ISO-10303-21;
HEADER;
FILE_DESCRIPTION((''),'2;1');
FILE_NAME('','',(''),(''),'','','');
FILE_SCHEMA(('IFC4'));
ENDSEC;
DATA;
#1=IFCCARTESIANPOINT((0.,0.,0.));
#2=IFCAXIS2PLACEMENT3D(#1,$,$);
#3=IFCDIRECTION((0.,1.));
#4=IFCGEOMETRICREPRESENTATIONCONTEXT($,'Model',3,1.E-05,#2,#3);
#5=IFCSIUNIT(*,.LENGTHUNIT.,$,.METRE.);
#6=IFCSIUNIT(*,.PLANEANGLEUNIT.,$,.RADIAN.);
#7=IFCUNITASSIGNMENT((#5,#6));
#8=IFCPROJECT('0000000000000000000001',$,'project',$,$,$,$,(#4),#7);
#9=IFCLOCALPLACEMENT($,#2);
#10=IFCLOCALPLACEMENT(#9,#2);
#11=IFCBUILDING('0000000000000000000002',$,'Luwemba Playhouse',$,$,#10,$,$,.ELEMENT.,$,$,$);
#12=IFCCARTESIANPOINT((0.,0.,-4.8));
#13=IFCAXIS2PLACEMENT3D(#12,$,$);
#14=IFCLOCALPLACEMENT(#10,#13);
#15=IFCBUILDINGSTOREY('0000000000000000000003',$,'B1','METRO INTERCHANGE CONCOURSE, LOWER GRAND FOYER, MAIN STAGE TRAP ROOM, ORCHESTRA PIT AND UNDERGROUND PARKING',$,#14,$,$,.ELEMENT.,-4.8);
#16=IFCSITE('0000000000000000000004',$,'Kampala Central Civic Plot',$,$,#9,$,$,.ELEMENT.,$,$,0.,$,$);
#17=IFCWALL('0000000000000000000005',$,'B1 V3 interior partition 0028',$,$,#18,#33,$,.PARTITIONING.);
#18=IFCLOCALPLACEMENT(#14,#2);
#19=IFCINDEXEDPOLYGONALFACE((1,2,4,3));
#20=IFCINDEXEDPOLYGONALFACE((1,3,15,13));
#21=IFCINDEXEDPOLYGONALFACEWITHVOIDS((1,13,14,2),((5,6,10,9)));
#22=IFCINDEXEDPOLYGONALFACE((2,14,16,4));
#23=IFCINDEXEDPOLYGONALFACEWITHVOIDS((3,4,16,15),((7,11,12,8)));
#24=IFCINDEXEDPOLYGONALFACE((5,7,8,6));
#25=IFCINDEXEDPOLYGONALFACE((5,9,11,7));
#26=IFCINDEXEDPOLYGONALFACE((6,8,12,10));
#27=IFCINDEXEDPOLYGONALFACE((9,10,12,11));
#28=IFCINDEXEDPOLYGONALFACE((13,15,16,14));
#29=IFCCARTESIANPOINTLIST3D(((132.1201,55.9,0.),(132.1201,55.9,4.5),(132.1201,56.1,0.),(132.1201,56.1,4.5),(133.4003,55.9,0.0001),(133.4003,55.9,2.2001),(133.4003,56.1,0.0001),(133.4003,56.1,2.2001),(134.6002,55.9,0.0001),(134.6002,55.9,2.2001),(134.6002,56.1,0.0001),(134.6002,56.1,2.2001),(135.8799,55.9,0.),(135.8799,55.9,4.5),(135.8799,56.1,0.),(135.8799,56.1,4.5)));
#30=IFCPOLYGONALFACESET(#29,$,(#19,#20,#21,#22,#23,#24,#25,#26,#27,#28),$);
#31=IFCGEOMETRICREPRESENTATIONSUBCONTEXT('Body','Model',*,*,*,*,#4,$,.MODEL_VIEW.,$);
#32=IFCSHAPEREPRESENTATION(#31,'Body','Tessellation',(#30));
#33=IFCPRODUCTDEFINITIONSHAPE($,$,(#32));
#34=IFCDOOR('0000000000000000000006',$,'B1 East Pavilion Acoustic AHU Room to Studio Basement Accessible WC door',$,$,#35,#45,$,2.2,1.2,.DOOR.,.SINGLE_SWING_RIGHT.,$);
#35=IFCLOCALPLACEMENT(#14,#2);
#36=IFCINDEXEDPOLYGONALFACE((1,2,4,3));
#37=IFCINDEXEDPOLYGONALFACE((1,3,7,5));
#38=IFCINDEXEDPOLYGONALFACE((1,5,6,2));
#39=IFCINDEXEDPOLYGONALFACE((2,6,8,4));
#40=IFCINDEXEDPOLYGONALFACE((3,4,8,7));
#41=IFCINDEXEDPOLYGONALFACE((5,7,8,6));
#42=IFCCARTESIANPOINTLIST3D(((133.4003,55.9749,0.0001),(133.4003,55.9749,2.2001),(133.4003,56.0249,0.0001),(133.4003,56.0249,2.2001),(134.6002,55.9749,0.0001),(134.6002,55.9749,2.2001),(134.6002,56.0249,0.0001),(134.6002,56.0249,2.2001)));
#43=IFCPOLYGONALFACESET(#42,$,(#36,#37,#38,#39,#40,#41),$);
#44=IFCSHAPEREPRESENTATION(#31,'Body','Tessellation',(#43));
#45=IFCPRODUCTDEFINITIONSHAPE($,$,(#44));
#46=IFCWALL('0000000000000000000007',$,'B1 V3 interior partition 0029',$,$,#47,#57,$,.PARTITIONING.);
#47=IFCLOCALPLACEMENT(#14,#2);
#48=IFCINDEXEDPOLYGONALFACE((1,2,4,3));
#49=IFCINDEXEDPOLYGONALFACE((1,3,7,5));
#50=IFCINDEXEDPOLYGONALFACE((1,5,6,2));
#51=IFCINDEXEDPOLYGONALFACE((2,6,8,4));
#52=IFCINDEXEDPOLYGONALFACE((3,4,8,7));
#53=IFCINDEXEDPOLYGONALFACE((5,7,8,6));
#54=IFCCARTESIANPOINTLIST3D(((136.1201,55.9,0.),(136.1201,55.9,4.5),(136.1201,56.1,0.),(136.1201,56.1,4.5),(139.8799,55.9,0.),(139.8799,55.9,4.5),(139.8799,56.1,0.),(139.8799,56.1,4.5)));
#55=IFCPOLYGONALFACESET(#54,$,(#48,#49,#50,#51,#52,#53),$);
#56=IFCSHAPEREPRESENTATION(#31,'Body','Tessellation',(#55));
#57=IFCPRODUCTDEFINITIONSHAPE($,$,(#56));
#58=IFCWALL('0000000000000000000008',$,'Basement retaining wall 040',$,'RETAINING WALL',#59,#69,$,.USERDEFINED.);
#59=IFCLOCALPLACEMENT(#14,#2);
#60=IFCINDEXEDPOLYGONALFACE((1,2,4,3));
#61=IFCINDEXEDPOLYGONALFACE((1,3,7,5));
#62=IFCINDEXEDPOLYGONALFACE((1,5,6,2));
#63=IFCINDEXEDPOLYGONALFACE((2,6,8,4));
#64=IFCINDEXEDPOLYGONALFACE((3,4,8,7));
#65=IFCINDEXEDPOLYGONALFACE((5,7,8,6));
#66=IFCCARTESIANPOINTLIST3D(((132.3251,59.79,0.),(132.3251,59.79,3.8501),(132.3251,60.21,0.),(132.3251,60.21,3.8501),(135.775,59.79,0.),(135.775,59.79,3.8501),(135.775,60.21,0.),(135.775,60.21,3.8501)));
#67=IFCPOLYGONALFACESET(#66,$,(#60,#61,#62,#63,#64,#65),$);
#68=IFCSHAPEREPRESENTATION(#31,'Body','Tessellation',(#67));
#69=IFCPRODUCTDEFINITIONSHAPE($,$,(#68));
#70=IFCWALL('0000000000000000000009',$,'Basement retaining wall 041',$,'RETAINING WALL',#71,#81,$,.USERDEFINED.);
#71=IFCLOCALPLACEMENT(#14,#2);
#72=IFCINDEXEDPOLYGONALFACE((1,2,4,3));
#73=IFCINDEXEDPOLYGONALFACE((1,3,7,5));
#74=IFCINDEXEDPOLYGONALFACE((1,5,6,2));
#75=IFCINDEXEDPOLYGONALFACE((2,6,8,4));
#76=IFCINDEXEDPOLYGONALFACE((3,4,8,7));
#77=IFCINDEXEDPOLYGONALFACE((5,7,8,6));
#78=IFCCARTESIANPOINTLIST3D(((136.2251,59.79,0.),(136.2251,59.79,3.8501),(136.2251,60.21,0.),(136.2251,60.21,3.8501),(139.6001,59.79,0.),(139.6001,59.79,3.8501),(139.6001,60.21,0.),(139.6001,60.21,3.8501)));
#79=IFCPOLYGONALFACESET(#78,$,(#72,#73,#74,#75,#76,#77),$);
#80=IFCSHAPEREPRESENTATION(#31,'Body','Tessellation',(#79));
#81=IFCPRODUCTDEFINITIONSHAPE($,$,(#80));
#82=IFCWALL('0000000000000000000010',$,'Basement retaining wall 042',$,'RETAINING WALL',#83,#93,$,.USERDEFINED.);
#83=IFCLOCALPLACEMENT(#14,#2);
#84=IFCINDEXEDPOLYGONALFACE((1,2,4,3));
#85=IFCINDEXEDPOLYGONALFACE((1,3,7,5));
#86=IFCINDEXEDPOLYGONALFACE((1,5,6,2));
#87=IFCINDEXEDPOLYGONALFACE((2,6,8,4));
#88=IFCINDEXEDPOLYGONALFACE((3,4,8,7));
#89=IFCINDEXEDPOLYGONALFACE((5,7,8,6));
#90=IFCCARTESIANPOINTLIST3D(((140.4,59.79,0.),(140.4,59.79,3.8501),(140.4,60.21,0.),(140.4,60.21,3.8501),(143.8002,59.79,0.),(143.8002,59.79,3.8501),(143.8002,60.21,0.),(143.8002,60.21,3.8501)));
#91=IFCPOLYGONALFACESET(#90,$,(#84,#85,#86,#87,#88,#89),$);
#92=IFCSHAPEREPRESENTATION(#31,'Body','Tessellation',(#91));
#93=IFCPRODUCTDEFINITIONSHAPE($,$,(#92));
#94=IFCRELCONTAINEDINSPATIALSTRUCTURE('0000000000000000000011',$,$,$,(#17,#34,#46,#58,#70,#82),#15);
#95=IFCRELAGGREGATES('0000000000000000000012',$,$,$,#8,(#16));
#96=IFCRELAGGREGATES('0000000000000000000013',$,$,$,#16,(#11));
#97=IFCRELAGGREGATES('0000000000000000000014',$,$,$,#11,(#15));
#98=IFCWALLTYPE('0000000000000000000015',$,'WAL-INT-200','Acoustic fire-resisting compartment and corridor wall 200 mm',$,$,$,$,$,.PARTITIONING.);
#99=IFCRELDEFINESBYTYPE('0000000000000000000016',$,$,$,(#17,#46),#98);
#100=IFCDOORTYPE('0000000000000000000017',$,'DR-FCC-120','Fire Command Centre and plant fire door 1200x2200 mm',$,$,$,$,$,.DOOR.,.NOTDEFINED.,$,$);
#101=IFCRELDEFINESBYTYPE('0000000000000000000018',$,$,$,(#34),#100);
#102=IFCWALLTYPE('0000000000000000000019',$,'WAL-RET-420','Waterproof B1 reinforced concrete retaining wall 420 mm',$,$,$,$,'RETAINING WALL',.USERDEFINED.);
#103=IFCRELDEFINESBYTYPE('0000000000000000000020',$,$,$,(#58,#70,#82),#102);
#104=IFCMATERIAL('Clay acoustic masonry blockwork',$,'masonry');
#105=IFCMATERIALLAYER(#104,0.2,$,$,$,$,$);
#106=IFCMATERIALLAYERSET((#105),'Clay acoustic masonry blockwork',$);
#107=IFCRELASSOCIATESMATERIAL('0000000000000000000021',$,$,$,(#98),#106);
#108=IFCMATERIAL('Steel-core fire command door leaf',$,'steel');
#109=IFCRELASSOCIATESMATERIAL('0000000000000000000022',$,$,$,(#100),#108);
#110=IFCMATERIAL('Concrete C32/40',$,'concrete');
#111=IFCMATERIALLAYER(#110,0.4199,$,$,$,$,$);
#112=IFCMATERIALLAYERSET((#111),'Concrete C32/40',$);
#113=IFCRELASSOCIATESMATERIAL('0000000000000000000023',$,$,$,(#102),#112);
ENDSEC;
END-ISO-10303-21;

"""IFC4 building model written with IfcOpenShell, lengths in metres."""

from ifc_helpers import new_model, si_unit, direction, frame, frame_2d, origin, place, context, subcontext, project, spatial, rectangle, extrude, material, layer, layer_set, type_object, element, fill, save


model = new_model("IFC4")

# Units and contexts
model_context = context("Model", 3, precision=1e-05, world=origin(), true_north=direction((0.0, 1.0)))
body_context = subcontext(model_context, "Body", "Model", "MODEL_VIEW")
ifc_project = project(units=[si_unit("LENGTHUNIT", "METRE"), si_unit("PLANEANGLEUNIT", "RADIAN")], contexts=[model_context])

# Site, building, storey
site_placement = place(None, origin())
site = spatial("IfcSite", under=ifc_project, at=site_placement, Name="Kampala Central Civic Plot", CompositionType="ELEMENT", RefElevation=0.0)
building_placement = place(site_placement, origin())
building = spatial("IfcBuilding", under=site, at=building_placement, Name="Luwemba Playhouse", CompositionType="ELEMENT")
storey_placement = place(building_placement, frame((0.0, 0.0, -4.8)))
storey = spatial("IfcBuildingStorey", under=building, at=storey_placement, Name="B1", Description="METRO INTERCHANGE CONCOURSE, LOWER GRAND FOYER, MAIN STAGE TRAP ROOM, ORCHESTRA PIT AND UNDERGROUND PARKING", CompositionType="ELEMENT", Elevation=-4.8)

# Shared definitions
ifc_material_1 = material(Name="Concrete C32/40", Category="concrete")

# Wall, opening, door
ifc_material_2 = material(Name="Clay acoustic masonry blockwork", Category="masonry")
ifc_layer_1 = layer(ifc_material_2, 0.2)
ifc_layer_set_1 = layer_set([ifc_layer_1], Name="Clay acoustic masonry blockwork")
wall_type_1 = type_object("IfcWallType", Name="WAL-INT-200", Description="Acoustic fire-resisting compartment and corridor wall 200 mm", PredefinedType="PARTITIONING", material=ifc_layer_set_1)
wall_1_placement = place(storey_placement, frame((132.1201, 56.0, 0.0), z_axis=(0.0, 0.0, 1.0), x_axis=(1.0, 0.0, 0.0)))
wall_1 = element("IfcWall", 1, at=wall_1_placement, inside=storey, type_object=wall_type_1, Name="B1 V3 interior partition 0028", PredefinedType="PARTITIONING", context=body_context, shape_type="SweptSolid", body=[
    extrude(rectangle(XDim=3.7598, YDim=0.2, at=frame_2d((1.8799, 0.0))), origin(), (0.0, 0.0, 1.0), 4.5),
])
opening_1_placement = place(wall_1_placement, frame((1.28, 0.0, 0.0)))
opening_1 = element("IfcOpeningElement", 2, at=opening_1_placement, cuts=wall_1, PredefinedType="OPENING", context=body_context, shape_type="SweptSolid", body=[
    extrude(rectangle(XDim=1.2, YDim=2.2, at=frame_2d((0.6001, 1.1001))), frame((0.0, 0.1099, 0.0), z_axis=(0.0, -1.0, 0.0), x_axis=(1.0, 0.0, 0.0)), (0.0, 0.0, 1.0), 0.22),
])
ifc_material_3 = material(Name="Steel-core fire command door leaf", Category="steel")
door_type_1 = type_object("IfcDoorType", Name="DR-FCC-120", Description="Fire Command Centre and plant fire door 1200x2200 mm", OperationType="NOTDEFINED", PredefinedType="DOOR", material=ifc_material_3)
door_1_placement = place(opening_1_placement, origin())
door_1 = element("IfcDoor", 3, at=door_1_placement, inside=storey, type_object=door_type_1, Name="B1 East Pavilion Acoustic AHU Room to Studio Basement Accessible WC door", OperationType="SINGLE_SWING_RIGHT", OverallHeight=2.2, OverallWidth=1.2, PredefinedType="DOOR", context=body_context, shape_type="SweptSolid", body=[
    extrude(rectangle(XDim=1.2, YDim=2.2, at=frame_2d((0.6001, 1.1001))), frame((0.0, 0.0249, 0.0), z_axis=(0.0, -1.0, 0.0), x_axis=(1.0, 0.0, 0.0)), (0.0, 0.0, 1.0), 0.05),
])
fill(opening_1, door_1)

# Walls
wall_2_placement = place(storey_placement, frame((136.1201, 56.0, 0.0), z_axis=(0.0, 0.0, 1.0), x_axis=(1.0, 0.0, 0.0)))
element("IfcWall", 4, at=wall_2_placement, inside=storey, type_object=wall_type_1, Name="B1 V3 interior partition 0029", PredefinedType="PARTITIONING", context=body_context, shape_type="SweptSolid", body=[
    extrude(rectangle(XDim=3.7598, YDim=0.2, at=frame_2d((1.8799, 0.0))), origin(), (0.0, 0.0, 1.0), 4.5),
])
ifc_layer_2 = layer(ifc_material_1, 0.4199)
ifc_layer_set_2 = layer_set([ifc_layer_2], Name="Concrete C32/40")
wall_type_2 = type_object("IfcWallType", Name="WAL-RET-420", Description="Waterproof B1 reinforced concrete retaining wall 420 mm", ElementType="RETAINING WALL", PredefinedType="USERDEFINED", material=ifc_layer_set_2)
wall_3_placement = place(storey_placement, frame((132.325, 60.0, 0.0), z_axis=(0.0, 0.0, 1.0), x_axis=(1.0, 0.0, 0.0)))
element("IfcWall", 5, at=wall_3_placement, inside=storey, type_object=wall_type_2, Name="Basement retaining wall 040", ObjectType="RETAINING WALL", PredefinedType="USERDEFINED", context=body_context, shape_type="SweptSolid", body=[
    extrude(rectangle(XDim=3.45, YDim=0.4199, at=frame_2d((1.7251, 0.0))), origin(), (0.0, 0.0, 1.0), 3.8501),
])
wall_4_placement = place(storey_placement, frame((136.2251, 60.0, 0.0), z_axis=(0.0, 0.0, 1.0), x_axis=(1.0, 0.0, 0.0)))
element("IfcWall", 6, at=wall_4_placement, inside=storey, type_object=wall_type_2, Name="Basement retaining wall 041", ObjectType="RETAINING WALL", PredefinedType="USERDEFINED", context=body_context, shape_type="SweptSolid", body=[
    extrude(rectangle(XDim=3.375, YDim=0.4199, at=frame_2d((1.6875, 0.0))), origin(), (0.0, 0.0, 1.0), 3.8501),
])
wall_5_placement = place(storey_placement, frame((140.3999, 60.0, 0.0), z_axis=(0.0, 0.0, 1.0), x_axis=(1.0, 0.0, 0.0)))
element("IfcWall", 7, at=wall_5_placement, inside=storey, type_object=wall_type_2, Name="Basement retaining wall 042", ObjectType="RETAINING WALL", PredefinedType="USERDEFINED", context=body_context, shape_type="SweptSolid", body=[
    extrude(rectangle(XDim=3.4001, YDim=0.4199, at=frame_2d((1.7002, 0.0))), origin(), (0.0, 0.0, 1.0), 3.8501),
])

save(model, "model.ifc")
